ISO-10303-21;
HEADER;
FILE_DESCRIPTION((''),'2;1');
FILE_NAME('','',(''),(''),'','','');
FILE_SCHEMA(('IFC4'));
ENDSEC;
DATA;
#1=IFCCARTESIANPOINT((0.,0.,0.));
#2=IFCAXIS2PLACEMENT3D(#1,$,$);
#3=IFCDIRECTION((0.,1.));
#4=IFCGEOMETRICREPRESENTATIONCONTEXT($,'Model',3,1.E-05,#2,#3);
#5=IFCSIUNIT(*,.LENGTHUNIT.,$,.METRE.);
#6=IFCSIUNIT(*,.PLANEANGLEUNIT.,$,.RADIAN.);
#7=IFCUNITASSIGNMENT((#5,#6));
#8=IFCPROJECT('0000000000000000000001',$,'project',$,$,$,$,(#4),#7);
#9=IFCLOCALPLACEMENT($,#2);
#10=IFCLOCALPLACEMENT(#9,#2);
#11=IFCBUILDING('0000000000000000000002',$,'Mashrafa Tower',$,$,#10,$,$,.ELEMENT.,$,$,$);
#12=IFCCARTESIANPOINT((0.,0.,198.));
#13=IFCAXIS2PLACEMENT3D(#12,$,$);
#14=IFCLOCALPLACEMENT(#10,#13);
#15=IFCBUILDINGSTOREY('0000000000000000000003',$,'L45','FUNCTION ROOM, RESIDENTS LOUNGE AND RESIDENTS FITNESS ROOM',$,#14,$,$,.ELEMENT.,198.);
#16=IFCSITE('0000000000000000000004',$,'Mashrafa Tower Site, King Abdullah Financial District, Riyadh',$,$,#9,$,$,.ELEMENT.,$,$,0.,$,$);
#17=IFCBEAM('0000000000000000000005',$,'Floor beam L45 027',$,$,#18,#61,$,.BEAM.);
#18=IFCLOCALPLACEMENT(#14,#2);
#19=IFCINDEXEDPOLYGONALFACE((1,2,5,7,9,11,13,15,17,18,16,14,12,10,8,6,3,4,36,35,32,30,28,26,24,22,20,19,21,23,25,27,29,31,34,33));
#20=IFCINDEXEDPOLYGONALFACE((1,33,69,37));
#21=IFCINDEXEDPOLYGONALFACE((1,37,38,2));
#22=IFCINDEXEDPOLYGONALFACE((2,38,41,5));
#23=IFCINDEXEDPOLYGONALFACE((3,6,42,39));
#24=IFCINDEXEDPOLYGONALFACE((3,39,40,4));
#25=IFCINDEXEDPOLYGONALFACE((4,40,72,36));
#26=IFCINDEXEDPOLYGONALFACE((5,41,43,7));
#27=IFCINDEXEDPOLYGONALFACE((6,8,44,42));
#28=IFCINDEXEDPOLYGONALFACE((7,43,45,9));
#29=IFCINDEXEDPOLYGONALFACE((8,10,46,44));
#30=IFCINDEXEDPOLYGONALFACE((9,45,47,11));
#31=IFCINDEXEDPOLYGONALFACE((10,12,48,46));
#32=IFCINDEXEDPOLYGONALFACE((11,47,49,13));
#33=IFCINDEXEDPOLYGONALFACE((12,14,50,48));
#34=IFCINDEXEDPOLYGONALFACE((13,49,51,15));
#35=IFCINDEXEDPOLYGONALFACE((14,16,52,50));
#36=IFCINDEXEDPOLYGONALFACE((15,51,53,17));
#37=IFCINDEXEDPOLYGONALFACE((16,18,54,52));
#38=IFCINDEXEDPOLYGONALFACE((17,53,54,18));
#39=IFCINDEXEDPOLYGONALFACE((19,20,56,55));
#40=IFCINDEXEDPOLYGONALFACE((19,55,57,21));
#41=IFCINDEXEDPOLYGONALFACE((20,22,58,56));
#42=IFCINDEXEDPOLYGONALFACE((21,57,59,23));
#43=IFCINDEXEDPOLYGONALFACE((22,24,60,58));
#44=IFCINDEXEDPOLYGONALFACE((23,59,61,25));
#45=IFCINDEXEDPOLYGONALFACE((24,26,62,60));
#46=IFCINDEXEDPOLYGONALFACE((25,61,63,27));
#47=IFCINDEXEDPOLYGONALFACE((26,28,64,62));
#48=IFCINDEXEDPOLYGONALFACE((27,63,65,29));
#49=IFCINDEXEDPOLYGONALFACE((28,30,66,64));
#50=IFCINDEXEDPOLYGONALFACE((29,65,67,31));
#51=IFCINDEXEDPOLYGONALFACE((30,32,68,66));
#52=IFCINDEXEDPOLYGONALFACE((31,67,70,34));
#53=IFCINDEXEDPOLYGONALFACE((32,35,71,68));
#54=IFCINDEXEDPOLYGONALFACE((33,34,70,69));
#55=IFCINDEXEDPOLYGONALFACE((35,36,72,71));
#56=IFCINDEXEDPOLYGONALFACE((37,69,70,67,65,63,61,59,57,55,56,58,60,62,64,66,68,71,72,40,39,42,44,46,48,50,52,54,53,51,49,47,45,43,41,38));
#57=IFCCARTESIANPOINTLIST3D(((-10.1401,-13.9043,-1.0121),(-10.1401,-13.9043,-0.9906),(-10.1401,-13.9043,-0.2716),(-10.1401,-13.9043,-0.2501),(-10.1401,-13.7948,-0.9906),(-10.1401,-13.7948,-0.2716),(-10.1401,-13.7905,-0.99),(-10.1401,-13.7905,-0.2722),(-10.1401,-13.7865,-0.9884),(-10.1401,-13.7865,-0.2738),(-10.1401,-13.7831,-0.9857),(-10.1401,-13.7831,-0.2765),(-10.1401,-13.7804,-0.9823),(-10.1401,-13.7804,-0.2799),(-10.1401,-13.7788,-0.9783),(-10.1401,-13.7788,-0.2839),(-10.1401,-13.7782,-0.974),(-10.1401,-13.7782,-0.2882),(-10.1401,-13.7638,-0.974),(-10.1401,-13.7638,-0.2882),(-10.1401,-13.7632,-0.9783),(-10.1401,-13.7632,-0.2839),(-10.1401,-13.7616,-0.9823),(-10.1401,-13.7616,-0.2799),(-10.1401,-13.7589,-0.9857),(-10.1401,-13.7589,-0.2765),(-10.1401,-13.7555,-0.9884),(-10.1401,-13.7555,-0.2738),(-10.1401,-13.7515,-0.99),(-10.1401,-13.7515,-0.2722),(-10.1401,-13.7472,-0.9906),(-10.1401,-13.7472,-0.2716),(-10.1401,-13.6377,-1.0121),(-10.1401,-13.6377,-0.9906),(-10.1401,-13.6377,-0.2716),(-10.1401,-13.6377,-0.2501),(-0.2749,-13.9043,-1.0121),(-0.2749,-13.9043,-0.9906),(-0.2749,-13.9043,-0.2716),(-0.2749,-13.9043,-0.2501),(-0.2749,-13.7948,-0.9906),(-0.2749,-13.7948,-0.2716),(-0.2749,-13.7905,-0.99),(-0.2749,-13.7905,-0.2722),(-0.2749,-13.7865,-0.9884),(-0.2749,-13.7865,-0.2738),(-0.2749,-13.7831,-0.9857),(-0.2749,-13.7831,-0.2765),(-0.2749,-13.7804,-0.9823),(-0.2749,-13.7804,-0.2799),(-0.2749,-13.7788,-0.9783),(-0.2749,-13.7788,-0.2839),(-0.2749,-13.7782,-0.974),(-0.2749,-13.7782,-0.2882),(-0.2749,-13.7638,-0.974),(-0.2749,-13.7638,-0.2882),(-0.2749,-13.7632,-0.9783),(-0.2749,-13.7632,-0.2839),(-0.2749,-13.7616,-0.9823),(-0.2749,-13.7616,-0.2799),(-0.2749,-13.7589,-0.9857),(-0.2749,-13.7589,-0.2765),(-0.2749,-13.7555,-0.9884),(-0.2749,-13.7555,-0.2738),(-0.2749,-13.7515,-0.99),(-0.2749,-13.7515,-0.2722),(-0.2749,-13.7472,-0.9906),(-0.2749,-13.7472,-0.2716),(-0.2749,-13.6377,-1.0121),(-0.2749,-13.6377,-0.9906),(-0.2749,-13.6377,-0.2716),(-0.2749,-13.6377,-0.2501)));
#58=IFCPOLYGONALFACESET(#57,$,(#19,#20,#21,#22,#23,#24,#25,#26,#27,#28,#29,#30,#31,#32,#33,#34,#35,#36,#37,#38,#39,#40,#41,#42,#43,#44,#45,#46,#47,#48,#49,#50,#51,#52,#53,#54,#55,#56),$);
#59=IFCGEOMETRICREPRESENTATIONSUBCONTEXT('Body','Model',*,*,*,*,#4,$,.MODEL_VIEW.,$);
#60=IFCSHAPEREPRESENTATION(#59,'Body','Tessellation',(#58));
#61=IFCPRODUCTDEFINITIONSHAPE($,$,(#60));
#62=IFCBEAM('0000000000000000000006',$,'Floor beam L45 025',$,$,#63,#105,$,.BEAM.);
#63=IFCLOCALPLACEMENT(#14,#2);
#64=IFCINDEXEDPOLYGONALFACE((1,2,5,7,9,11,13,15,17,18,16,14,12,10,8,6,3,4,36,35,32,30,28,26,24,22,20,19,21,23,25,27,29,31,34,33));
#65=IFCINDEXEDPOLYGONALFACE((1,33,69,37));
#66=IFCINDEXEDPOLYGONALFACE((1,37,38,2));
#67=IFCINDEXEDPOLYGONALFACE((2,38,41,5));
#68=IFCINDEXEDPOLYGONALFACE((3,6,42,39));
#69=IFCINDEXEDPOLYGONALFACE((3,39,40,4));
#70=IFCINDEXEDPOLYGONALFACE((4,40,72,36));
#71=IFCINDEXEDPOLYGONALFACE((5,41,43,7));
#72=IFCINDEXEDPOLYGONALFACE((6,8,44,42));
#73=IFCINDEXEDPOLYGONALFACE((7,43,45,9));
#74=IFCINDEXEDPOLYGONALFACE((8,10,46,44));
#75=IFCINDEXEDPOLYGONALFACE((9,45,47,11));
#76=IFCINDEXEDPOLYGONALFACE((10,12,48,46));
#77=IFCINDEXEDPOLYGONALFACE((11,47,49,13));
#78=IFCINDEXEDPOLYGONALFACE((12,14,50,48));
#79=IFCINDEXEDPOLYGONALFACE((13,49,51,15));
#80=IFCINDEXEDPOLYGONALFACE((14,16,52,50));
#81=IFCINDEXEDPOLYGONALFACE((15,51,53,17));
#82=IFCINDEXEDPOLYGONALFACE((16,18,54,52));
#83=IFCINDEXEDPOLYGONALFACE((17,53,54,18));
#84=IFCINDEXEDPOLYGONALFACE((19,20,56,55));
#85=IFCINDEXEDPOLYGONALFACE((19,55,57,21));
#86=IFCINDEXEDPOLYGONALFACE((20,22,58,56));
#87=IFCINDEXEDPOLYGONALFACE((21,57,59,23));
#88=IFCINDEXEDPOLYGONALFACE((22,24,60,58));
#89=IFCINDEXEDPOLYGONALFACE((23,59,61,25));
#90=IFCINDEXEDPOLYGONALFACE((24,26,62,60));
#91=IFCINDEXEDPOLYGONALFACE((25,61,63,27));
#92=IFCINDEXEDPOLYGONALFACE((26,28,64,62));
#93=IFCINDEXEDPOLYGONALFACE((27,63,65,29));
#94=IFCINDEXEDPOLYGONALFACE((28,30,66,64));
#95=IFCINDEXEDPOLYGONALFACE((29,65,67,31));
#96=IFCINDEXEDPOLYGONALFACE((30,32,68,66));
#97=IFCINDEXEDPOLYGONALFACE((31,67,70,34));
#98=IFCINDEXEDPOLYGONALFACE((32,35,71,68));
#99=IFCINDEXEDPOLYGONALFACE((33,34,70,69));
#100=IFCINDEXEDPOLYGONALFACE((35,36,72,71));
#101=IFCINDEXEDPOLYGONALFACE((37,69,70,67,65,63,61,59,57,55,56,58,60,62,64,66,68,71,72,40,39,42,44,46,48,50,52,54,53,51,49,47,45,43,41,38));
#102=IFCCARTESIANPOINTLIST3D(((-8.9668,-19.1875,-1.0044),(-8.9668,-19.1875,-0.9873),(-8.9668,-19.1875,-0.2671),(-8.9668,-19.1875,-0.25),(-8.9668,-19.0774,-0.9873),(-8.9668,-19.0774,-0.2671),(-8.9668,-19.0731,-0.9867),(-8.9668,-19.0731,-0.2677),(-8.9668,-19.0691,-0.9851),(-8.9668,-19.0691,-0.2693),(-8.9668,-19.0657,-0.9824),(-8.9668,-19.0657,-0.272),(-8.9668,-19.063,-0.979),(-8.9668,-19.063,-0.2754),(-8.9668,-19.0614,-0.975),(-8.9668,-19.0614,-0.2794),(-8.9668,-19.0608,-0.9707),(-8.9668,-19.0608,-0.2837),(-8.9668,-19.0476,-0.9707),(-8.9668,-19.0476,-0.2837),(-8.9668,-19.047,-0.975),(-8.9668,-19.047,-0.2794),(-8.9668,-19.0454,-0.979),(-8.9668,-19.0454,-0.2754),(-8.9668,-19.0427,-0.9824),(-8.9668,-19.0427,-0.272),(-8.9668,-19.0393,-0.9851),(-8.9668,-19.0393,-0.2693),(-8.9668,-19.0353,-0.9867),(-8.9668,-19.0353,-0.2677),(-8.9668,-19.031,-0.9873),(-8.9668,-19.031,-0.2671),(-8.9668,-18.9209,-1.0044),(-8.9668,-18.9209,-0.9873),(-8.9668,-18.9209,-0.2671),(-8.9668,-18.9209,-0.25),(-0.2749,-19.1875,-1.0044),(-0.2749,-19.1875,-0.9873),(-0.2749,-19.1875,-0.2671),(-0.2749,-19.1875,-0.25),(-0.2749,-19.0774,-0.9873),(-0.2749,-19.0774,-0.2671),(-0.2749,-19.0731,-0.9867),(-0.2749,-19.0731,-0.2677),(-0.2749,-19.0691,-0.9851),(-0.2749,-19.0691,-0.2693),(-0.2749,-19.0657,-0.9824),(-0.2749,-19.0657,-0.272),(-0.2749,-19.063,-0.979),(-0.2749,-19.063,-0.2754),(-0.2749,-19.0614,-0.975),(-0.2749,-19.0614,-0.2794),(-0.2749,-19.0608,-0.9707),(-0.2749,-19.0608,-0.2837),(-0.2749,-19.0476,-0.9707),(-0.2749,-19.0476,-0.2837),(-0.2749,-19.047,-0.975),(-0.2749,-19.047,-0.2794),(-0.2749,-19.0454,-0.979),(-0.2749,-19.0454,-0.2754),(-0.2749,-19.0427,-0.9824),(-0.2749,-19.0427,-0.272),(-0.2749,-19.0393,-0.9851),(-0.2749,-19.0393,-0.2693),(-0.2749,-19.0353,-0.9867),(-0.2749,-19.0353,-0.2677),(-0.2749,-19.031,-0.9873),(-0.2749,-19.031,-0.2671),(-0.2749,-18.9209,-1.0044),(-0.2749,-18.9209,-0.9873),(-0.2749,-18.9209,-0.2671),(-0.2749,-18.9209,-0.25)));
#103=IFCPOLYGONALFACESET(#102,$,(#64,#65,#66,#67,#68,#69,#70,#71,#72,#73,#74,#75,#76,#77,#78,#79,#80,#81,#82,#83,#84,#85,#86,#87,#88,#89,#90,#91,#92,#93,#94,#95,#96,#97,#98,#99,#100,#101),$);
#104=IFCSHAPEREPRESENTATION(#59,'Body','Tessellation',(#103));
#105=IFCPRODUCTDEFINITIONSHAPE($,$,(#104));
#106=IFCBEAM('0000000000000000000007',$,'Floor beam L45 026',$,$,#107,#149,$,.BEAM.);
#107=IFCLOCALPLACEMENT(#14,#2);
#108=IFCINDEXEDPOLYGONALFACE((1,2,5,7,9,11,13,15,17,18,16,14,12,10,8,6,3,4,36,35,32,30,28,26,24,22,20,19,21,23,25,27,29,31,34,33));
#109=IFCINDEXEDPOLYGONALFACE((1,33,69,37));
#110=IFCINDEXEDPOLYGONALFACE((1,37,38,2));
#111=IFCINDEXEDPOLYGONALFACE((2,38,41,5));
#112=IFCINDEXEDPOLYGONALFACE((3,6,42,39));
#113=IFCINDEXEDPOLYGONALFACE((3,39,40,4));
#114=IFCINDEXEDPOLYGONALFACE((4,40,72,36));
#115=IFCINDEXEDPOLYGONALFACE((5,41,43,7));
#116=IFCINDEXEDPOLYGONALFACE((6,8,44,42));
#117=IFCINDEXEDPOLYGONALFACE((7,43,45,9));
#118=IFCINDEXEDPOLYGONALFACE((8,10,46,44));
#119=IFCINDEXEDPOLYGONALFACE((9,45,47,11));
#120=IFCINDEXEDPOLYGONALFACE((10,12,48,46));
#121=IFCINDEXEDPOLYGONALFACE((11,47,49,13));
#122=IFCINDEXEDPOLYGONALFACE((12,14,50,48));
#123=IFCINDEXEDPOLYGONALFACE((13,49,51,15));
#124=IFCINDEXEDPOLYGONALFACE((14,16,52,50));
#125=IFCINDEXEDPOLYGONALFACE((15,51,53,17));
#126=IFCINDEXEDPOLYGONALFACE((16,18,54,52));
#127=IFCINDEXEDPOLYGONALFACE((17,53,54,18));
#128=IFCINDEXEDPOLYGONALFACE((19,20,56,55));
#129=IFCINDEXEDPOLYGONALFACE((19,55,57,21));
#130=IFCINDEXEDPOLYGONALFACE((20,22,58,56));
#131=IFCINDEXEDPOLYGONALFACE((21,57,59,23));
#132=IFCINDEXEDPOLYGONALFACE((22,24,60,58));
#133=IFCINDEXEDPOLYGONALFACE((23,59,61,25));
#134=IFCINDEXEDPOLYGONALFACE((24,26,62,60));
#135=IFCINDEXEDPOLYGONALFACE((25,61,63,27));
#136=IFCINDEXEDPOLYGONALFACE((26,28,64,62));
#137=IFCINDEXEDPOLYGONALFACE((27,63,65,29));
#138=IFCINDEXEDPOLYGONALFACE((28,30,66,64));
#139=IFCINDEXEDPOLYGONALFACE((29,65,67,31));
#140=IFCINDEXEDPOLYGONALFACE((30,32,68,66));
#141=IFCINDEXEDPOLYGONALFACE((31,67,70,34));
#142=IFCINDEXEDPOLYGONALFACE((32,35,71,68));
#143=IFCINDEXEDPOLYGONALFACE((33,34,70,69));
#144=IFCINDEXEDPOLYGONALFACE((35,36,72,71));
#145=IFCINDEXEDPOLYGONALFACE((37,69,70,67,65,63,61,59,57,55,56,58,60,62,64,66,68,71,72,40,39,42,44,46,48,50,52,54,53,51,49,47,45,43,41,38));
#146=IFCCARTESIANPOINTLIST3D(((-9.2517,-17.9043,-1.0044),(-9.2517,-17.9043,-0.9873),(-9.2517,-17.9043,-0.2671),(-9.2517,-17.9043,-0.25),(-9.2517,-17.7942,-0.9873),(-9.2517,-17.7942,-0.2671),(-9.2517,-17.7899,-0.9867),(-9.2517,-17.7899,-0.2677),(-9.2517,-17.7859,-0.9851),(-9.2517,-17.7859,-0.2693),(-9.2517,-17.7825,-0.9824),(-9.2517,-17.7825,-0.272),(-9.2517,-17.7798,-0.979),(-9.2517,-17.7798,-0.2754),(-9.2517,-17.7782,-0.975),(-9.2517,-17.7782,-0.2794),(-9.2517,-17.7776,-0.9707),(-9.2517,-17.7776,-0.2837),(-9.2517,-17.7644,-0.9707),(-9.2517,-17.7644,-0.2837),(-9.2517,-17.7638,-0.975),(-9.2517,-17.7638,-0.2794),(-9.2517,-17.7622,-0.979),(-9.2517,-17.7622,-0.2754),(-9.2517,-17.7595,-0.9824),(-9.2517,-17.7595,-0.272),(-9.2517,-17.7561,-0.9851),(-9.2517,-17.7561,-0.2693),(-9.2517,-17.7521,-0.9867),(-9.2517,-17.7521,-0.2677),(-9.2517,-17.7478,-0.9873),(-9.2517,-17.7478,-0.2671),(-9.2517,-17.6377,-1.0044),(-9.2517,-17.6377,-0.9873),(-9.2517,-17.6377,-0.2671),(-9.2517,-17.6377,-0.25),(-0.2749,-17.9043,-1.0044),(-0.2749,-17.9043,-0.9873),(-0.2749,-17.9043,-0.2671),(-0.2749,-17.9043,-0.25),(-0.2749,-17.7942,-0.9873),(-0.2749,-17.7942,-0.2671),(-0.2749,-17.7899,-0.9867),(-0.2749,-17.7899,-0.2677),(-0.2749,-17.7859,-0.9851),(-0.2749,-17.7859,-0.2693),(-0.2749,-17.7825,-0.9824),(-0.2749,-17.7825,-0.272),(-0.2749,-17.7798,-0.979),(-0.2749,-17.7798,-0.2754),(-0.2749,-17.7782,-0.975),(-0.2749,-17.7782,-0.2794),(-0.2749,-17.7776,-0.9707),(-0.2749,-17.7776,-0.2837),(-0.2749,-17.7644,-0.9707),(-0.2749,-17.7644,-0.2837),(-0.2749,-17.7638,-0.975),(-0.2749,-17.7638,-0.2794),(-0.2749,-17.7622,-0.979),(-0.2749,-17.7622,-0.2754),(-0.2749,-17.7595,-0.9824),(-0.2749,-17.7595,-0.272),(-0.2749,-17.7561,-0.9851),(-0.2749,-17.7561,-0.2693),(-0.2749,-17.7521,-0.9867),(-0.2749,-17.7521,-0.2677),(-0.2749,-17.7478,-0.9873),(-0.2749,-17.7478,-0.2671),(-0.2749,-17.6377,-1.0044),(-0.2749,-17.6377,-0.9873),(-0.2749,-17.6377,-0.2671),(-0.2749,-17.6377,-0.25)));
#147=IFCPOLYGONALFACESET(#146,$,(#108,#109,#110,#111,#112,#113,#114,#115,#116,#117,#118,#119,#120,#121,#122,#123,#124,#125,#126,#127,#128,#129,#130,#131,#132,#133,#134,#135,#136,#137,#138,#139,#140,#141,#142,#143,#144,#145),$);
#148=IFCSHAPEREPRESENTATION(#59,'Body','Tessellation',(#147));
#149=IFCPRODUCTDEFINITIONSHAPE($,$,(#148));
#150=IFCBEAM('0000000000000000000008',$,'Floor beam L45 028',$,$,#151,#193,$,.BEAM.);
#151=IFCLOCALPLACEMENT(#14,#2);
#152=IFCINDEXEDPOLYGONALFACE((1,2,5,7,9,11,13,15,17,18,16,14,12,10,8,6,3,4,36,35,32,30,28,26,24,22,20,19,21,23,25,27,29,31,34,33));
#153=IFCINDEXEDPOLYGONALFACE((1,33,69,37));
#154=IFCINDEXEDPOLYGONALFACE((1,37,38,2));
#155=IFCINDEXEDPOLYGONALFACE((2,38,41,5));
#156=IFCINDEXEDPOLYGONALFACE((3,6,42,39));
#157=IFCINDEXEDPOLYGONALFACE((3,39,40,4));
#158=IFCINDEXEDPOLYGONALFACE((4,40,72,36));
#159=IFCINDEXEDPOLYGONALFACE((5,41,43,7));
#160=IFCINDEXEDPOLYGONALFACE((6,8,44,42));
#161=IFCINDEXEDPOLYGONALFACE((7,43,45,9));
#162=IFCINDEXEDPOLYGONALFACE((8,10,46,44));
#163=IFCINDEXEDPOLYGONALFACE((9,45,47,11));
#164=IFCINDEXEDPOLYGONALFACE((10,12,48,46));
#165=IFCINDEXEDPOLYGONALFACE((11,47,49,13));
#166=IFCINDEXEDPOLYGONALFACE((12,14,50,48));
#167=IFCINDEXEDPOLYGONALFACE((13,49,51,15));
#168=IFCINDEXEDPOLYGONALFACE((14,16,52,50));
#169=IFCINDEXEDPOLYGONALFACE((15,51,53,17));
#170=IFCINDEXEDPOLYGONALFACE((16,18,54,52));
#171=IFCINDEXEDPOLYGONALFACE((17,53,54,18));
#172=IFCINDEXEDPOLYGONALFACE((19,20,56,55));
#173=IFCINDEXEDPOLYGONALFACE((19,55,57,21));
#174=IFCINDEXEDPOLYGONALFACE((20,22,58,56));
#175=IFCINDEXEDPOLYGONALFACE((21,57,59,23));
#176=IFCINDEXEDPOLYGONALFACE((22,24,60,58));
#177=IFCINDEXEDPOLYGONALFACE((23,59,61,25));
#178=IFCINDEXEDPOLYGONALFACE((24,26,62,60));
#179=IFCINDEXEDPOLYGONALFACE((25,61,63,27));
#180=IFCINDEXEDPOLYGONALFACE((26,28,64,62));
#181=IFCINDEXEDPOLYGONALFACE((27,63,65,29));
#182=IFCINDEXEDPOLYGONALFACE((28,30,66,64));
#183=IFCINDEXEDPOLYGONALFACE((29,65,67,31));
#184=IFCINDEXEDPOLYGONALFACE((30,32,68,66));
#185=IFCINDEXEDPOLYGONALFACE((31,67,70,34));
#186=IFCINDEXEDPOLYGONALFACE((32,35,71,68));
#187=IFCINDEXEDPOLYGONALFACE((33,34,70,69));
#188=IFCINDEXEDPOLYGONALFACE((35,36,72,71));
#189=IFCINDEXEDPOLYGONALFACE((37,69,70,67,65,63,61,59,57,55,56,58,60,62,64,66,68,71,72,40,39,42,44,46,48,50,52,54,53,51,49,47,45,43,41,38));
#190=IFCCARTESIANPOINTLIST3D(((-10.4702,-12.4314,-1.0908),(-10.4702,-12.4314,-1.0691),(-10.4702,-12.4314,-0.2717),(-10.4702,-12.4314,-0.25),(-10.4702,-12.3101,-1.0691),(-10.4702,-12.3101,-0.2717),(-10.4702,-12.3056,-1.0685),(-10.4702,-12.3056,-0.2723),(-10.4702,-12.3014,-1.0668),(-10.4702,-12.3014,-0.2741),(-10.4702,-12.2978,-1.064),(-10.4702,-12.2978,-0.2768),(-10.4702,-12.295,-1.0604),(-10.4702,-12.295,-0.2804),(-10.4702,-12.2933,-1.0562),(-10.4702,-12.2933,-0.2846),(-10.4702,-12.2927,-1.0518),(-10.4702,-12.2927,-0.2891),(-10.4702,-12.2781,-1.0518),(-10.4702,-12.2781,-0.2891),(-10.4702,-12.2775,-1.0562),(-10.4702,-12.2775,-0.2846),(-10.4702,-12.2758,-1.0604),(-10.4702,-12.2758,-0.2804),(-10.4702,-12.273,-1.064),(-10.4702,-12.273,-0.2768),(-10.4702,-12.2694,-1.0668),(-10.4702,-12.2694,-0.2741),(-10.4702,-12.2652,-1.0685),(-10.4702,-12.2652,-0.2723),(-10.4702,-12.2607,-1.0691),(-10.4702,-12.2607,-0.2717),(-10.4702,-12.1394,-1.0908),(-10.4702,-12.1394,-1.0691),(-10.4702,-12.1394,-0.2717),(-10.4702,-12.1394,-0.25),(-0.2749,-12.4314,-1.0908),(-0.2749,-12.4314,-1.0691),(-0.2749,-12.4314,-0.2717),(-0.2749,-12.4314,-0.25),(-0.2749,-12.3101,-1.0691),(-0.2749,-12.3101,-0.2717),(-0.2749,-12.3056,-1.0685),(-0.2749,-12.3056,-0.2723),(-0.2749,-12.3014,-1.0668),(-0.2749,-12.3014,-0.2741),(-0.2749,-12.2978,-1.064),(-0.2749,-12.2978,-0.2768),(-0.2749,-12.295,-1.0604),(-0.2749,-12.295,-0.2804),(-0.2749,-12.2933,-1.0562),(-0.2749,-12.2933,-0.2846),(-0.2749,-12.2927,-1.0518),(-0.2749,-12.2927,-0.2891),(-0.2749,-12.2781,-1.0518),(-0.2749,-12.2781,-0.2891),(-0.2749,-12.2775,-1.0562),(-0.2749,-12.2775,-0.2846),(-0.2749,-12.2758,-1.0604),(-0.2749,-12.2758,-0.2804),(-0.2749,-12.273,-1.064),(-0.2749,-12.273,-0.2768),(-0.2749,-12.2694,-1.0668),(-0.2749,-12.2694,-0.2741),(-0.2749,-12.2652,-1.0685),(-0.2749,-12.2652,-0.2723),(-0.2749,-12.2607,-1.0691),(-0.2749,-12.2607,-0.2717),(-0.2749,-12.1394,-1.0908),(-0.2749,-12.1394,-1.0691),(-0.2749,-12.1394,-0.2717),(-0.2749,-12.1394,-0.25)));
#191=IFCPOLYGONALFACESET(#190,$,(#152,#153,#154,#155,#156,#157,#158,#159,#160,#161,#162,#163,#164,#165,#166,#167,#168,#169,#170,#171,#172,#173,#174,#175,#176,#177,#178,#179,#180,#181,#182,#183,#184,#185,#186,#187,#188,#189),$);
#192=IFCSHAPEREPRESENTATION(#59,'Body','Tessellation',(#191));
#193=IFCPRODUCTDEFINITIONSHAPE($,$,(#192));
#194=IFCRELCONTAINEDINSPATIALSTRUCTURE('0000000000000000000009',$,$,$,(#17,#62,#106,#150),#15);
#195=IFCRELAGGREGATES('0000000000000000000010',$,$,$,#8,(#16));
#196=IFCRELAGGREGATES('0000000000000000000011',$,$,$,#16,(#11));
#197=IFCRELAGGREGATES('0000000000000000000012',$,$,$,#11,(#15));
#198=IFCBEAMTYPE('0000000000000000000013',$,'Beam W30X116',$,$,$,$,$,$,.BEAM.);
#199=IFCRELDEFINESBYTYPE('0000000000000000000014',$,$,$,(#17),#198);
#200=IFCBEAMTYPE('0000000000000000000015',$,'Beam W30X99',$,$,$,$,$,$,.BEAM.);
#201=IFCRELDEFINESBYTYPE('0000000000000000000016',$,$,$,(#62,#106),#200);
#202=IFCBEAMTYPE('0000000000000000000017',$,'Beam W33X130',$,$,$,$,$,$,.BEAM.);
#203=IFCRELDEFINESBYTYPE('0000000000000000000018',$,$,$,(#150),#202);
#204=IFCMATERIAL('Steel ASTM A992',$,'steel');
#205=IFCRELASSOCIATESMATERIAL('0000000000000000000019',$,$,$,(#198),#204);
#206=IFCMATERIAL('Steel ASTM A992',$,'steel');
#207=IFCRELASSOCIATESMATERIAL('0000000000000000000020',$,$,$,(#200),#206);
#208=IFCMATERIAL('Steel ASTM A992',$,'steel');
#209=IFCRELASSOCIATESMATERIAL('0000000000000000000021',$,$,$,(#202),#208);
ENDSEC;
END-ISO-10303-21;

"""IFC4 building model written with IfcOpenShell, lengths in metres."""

from ifc_helpers import new_model, si_unit, direction, frame, origin, origin_2d, place, context, subcontext, project, spatial, i_section, extrude, material, material_profile, profile_set, type_object, element, save


model = new_model("IFC4")

# Units and contexts
model_context = context("Model", 3, precision=1e-05, world=origin(), true_north=direction((0.0, 1.0)))
body_context = subcontext(model_context, "Body", "Model", "MODEL_VIEW")
ifc_project = project(units=[si_unit("LENGTHUNIT", "METRE"), si_unit("PLANEANGLEUNIT", "RADIAN")], contexts=[model_context])

# Site, building, storey
site_placement = place(None, origin())
site = spatial("IfcSite", under=ifc_project, at=site_placement, Name="Mashrafa Tower Site, King Abdullah Financial District, Riyadh", CompositionType="ELEMENT", RefElevation=0.0)
building_placement = place(site_placement, origin())
building = spatial("IfcBuilding", under=site, at=building_placement, Name="Mashrafa Tower", CompositionType="ELEMENT")
storey_placement = place(building_placement, frame((0.0, 0.0, 198.0)))
storey = spatial("IfcBuildingStorey", under=building, at=storey_placement, Name="L45", Description="FUNCTION ROOM, RESIDENTS LOUNGE AND RESIDENTS FITNESS ROOM", CompositionType="ELEMENT", Elevation=198.0)

# Beams
ifc_material_1 = material(Name="Steel ASTM A992", Category="steel")
ifc_material_profile_1 = material_profile(ifc_material_1, i_section(OverallWidth=0.2666, OverallDepth=0.762, WebThickness=0.0144, FlangeThickness=0.0215, FilletRadius=0.0166, at=origin_2d()), Name="W30X116")
ifc_profile_set_1 = profile_set([ifc_material_profile_1], Name="Steel ASTM A992")
beam_type_1 = type_object("IfcBeamType", Name="Beam W30X116", PredefinedType="BEAM", material=ifc_profile_set_1)
beam_1_placement = place(storey_placement, frame((-0.2749, -13.771, -0.6311), z_axis=(-1.0, 0.0, 0.0), x_axis=(0.0, -1.0, 0.0)))
element("IfcBeam", 1, at=beam_1_placement, inside=storey, type_object=beam_type_1, Name="Floor beam L45 027", PredefinedType="BEAM", context=body_context, shape_type="SweptSolid", body=[
    extrude(i_section(OverallWidth=0.2666, OverallDepth=0.762, WebThickness=0.0144, FlangeThickness=0.0215, FilletRadius=0.0166, at=origin_2d()), origin(), (0.0, 0.0, 1.0), 9.8652),
])
ifc_material_2 = material(Name="Steel ASTM A992", Category="steel")
ifc_material_profile_2 = material_profile(ifc_material_2, i_section(OverallWidth=0.2666, OverallDepth=0.7544, WebThickness=0.0132, FlangeThickness=0.0171, FilletRadius=0.0166, at=origin_2d()), Name="W30X99")
ifc_profile_set_2 = profile_set([ifc_material_profile_2], Name="Steel ASTM A992")
beam_type_2 = type_object("IfcBeamType", Name="Beam W30X99", PredefinedType="BEAM", material=ifc_profile_set_2)
beam_2_placement = place(storey_placement, frame((-0.2749, -19.0542, -0.6272), z_axis=(-1.0, 0.0, 0.0), x_axis=(0.0, -1.0, 0.0)))
element("IfcBeam", 2, at=beam_2_placement, inside=storey, type_object=beam_type_2, Name="Floor beam L45 025", PredefinedType="BEAM", context=body_context, shape_type="SweptSolid", body=[
    extrude(i_section(OverallWidth=0.2666, OverallDepth=0.7544, WebThickness=0.0132, FlangeThickness=0.0171, FilletRadius=0.0166, at=origin_2d()), origin(), (0.0, 0.0, 1.0), 8.6919),
])
beam_3_placement = place(storey_placement, frame((-0.2749, -17.771, -0.6272), z_axis=(-1.0, 0.0, 0.0), x_axis=(0.0, -1.0, 0.0)))
element("IfcBeam", 3, at=beam_3_placement, inside=storey, type_object=beam_type_2, Name="Floor beam L45 026", PredefinedType="BEAM", context=body_context, shape_type="SweptSolid", body=[
    extrude(i_section(OverallWidth=0.2666, OverallDepth=0.7544, WebThickness=0.0132, FlangeThickness=0.0171, FilletRadius=0.0166, at=origin_2d()), origin(), (0.0, 0.0, 1.0), 8.9768),
])
ifc_material_3 = material(Name="Steel ASTM A992", Category="steel")
ifc_material_profile_3 = material_profile(ifc_material_3, i_section(OverallWidth=0.292, OverallDepth=0.8408, WebThickness=0.0146, FlangeThickness=0.0217, FilletRadius=0.0173, at=origin_2d()), Name="W33X130")
ifc_profile_set_3 = profile_set([ifc_material_profile_3], Name="Steel ASTM A992")
beam_type_3 = type_object("IfcBeamType", Name="Beam W33X130", PredefinedType="BEAM", material=ifc_profile_set_3)
beam_4_placement = place(storey_placement, frame((-0.2749, -12.2854, -0.6704), z_axis=(-1.0, 0.0, 0.0), x_axis=(0.0, -1.0, 0.0)))
element("IfcBeam", 4, at=beam_4_placement, inside=storey, type_object=beam_type_3, Name="Floor beam L45 028", PredefinedType="BEAM", context=body_context, shape_type="SweptSolid", body=[
    extrude(i_section(OverallWidth=0.292, OverallDepth=0.8408, WebThickness=0.0146, FlangeThickness=0.0217, FilletRadius=0.0173, at=origin_2d()), origin(), (0.0, 0.0, 1.0), 10.1953),
])

save(model, "model.ifc")
